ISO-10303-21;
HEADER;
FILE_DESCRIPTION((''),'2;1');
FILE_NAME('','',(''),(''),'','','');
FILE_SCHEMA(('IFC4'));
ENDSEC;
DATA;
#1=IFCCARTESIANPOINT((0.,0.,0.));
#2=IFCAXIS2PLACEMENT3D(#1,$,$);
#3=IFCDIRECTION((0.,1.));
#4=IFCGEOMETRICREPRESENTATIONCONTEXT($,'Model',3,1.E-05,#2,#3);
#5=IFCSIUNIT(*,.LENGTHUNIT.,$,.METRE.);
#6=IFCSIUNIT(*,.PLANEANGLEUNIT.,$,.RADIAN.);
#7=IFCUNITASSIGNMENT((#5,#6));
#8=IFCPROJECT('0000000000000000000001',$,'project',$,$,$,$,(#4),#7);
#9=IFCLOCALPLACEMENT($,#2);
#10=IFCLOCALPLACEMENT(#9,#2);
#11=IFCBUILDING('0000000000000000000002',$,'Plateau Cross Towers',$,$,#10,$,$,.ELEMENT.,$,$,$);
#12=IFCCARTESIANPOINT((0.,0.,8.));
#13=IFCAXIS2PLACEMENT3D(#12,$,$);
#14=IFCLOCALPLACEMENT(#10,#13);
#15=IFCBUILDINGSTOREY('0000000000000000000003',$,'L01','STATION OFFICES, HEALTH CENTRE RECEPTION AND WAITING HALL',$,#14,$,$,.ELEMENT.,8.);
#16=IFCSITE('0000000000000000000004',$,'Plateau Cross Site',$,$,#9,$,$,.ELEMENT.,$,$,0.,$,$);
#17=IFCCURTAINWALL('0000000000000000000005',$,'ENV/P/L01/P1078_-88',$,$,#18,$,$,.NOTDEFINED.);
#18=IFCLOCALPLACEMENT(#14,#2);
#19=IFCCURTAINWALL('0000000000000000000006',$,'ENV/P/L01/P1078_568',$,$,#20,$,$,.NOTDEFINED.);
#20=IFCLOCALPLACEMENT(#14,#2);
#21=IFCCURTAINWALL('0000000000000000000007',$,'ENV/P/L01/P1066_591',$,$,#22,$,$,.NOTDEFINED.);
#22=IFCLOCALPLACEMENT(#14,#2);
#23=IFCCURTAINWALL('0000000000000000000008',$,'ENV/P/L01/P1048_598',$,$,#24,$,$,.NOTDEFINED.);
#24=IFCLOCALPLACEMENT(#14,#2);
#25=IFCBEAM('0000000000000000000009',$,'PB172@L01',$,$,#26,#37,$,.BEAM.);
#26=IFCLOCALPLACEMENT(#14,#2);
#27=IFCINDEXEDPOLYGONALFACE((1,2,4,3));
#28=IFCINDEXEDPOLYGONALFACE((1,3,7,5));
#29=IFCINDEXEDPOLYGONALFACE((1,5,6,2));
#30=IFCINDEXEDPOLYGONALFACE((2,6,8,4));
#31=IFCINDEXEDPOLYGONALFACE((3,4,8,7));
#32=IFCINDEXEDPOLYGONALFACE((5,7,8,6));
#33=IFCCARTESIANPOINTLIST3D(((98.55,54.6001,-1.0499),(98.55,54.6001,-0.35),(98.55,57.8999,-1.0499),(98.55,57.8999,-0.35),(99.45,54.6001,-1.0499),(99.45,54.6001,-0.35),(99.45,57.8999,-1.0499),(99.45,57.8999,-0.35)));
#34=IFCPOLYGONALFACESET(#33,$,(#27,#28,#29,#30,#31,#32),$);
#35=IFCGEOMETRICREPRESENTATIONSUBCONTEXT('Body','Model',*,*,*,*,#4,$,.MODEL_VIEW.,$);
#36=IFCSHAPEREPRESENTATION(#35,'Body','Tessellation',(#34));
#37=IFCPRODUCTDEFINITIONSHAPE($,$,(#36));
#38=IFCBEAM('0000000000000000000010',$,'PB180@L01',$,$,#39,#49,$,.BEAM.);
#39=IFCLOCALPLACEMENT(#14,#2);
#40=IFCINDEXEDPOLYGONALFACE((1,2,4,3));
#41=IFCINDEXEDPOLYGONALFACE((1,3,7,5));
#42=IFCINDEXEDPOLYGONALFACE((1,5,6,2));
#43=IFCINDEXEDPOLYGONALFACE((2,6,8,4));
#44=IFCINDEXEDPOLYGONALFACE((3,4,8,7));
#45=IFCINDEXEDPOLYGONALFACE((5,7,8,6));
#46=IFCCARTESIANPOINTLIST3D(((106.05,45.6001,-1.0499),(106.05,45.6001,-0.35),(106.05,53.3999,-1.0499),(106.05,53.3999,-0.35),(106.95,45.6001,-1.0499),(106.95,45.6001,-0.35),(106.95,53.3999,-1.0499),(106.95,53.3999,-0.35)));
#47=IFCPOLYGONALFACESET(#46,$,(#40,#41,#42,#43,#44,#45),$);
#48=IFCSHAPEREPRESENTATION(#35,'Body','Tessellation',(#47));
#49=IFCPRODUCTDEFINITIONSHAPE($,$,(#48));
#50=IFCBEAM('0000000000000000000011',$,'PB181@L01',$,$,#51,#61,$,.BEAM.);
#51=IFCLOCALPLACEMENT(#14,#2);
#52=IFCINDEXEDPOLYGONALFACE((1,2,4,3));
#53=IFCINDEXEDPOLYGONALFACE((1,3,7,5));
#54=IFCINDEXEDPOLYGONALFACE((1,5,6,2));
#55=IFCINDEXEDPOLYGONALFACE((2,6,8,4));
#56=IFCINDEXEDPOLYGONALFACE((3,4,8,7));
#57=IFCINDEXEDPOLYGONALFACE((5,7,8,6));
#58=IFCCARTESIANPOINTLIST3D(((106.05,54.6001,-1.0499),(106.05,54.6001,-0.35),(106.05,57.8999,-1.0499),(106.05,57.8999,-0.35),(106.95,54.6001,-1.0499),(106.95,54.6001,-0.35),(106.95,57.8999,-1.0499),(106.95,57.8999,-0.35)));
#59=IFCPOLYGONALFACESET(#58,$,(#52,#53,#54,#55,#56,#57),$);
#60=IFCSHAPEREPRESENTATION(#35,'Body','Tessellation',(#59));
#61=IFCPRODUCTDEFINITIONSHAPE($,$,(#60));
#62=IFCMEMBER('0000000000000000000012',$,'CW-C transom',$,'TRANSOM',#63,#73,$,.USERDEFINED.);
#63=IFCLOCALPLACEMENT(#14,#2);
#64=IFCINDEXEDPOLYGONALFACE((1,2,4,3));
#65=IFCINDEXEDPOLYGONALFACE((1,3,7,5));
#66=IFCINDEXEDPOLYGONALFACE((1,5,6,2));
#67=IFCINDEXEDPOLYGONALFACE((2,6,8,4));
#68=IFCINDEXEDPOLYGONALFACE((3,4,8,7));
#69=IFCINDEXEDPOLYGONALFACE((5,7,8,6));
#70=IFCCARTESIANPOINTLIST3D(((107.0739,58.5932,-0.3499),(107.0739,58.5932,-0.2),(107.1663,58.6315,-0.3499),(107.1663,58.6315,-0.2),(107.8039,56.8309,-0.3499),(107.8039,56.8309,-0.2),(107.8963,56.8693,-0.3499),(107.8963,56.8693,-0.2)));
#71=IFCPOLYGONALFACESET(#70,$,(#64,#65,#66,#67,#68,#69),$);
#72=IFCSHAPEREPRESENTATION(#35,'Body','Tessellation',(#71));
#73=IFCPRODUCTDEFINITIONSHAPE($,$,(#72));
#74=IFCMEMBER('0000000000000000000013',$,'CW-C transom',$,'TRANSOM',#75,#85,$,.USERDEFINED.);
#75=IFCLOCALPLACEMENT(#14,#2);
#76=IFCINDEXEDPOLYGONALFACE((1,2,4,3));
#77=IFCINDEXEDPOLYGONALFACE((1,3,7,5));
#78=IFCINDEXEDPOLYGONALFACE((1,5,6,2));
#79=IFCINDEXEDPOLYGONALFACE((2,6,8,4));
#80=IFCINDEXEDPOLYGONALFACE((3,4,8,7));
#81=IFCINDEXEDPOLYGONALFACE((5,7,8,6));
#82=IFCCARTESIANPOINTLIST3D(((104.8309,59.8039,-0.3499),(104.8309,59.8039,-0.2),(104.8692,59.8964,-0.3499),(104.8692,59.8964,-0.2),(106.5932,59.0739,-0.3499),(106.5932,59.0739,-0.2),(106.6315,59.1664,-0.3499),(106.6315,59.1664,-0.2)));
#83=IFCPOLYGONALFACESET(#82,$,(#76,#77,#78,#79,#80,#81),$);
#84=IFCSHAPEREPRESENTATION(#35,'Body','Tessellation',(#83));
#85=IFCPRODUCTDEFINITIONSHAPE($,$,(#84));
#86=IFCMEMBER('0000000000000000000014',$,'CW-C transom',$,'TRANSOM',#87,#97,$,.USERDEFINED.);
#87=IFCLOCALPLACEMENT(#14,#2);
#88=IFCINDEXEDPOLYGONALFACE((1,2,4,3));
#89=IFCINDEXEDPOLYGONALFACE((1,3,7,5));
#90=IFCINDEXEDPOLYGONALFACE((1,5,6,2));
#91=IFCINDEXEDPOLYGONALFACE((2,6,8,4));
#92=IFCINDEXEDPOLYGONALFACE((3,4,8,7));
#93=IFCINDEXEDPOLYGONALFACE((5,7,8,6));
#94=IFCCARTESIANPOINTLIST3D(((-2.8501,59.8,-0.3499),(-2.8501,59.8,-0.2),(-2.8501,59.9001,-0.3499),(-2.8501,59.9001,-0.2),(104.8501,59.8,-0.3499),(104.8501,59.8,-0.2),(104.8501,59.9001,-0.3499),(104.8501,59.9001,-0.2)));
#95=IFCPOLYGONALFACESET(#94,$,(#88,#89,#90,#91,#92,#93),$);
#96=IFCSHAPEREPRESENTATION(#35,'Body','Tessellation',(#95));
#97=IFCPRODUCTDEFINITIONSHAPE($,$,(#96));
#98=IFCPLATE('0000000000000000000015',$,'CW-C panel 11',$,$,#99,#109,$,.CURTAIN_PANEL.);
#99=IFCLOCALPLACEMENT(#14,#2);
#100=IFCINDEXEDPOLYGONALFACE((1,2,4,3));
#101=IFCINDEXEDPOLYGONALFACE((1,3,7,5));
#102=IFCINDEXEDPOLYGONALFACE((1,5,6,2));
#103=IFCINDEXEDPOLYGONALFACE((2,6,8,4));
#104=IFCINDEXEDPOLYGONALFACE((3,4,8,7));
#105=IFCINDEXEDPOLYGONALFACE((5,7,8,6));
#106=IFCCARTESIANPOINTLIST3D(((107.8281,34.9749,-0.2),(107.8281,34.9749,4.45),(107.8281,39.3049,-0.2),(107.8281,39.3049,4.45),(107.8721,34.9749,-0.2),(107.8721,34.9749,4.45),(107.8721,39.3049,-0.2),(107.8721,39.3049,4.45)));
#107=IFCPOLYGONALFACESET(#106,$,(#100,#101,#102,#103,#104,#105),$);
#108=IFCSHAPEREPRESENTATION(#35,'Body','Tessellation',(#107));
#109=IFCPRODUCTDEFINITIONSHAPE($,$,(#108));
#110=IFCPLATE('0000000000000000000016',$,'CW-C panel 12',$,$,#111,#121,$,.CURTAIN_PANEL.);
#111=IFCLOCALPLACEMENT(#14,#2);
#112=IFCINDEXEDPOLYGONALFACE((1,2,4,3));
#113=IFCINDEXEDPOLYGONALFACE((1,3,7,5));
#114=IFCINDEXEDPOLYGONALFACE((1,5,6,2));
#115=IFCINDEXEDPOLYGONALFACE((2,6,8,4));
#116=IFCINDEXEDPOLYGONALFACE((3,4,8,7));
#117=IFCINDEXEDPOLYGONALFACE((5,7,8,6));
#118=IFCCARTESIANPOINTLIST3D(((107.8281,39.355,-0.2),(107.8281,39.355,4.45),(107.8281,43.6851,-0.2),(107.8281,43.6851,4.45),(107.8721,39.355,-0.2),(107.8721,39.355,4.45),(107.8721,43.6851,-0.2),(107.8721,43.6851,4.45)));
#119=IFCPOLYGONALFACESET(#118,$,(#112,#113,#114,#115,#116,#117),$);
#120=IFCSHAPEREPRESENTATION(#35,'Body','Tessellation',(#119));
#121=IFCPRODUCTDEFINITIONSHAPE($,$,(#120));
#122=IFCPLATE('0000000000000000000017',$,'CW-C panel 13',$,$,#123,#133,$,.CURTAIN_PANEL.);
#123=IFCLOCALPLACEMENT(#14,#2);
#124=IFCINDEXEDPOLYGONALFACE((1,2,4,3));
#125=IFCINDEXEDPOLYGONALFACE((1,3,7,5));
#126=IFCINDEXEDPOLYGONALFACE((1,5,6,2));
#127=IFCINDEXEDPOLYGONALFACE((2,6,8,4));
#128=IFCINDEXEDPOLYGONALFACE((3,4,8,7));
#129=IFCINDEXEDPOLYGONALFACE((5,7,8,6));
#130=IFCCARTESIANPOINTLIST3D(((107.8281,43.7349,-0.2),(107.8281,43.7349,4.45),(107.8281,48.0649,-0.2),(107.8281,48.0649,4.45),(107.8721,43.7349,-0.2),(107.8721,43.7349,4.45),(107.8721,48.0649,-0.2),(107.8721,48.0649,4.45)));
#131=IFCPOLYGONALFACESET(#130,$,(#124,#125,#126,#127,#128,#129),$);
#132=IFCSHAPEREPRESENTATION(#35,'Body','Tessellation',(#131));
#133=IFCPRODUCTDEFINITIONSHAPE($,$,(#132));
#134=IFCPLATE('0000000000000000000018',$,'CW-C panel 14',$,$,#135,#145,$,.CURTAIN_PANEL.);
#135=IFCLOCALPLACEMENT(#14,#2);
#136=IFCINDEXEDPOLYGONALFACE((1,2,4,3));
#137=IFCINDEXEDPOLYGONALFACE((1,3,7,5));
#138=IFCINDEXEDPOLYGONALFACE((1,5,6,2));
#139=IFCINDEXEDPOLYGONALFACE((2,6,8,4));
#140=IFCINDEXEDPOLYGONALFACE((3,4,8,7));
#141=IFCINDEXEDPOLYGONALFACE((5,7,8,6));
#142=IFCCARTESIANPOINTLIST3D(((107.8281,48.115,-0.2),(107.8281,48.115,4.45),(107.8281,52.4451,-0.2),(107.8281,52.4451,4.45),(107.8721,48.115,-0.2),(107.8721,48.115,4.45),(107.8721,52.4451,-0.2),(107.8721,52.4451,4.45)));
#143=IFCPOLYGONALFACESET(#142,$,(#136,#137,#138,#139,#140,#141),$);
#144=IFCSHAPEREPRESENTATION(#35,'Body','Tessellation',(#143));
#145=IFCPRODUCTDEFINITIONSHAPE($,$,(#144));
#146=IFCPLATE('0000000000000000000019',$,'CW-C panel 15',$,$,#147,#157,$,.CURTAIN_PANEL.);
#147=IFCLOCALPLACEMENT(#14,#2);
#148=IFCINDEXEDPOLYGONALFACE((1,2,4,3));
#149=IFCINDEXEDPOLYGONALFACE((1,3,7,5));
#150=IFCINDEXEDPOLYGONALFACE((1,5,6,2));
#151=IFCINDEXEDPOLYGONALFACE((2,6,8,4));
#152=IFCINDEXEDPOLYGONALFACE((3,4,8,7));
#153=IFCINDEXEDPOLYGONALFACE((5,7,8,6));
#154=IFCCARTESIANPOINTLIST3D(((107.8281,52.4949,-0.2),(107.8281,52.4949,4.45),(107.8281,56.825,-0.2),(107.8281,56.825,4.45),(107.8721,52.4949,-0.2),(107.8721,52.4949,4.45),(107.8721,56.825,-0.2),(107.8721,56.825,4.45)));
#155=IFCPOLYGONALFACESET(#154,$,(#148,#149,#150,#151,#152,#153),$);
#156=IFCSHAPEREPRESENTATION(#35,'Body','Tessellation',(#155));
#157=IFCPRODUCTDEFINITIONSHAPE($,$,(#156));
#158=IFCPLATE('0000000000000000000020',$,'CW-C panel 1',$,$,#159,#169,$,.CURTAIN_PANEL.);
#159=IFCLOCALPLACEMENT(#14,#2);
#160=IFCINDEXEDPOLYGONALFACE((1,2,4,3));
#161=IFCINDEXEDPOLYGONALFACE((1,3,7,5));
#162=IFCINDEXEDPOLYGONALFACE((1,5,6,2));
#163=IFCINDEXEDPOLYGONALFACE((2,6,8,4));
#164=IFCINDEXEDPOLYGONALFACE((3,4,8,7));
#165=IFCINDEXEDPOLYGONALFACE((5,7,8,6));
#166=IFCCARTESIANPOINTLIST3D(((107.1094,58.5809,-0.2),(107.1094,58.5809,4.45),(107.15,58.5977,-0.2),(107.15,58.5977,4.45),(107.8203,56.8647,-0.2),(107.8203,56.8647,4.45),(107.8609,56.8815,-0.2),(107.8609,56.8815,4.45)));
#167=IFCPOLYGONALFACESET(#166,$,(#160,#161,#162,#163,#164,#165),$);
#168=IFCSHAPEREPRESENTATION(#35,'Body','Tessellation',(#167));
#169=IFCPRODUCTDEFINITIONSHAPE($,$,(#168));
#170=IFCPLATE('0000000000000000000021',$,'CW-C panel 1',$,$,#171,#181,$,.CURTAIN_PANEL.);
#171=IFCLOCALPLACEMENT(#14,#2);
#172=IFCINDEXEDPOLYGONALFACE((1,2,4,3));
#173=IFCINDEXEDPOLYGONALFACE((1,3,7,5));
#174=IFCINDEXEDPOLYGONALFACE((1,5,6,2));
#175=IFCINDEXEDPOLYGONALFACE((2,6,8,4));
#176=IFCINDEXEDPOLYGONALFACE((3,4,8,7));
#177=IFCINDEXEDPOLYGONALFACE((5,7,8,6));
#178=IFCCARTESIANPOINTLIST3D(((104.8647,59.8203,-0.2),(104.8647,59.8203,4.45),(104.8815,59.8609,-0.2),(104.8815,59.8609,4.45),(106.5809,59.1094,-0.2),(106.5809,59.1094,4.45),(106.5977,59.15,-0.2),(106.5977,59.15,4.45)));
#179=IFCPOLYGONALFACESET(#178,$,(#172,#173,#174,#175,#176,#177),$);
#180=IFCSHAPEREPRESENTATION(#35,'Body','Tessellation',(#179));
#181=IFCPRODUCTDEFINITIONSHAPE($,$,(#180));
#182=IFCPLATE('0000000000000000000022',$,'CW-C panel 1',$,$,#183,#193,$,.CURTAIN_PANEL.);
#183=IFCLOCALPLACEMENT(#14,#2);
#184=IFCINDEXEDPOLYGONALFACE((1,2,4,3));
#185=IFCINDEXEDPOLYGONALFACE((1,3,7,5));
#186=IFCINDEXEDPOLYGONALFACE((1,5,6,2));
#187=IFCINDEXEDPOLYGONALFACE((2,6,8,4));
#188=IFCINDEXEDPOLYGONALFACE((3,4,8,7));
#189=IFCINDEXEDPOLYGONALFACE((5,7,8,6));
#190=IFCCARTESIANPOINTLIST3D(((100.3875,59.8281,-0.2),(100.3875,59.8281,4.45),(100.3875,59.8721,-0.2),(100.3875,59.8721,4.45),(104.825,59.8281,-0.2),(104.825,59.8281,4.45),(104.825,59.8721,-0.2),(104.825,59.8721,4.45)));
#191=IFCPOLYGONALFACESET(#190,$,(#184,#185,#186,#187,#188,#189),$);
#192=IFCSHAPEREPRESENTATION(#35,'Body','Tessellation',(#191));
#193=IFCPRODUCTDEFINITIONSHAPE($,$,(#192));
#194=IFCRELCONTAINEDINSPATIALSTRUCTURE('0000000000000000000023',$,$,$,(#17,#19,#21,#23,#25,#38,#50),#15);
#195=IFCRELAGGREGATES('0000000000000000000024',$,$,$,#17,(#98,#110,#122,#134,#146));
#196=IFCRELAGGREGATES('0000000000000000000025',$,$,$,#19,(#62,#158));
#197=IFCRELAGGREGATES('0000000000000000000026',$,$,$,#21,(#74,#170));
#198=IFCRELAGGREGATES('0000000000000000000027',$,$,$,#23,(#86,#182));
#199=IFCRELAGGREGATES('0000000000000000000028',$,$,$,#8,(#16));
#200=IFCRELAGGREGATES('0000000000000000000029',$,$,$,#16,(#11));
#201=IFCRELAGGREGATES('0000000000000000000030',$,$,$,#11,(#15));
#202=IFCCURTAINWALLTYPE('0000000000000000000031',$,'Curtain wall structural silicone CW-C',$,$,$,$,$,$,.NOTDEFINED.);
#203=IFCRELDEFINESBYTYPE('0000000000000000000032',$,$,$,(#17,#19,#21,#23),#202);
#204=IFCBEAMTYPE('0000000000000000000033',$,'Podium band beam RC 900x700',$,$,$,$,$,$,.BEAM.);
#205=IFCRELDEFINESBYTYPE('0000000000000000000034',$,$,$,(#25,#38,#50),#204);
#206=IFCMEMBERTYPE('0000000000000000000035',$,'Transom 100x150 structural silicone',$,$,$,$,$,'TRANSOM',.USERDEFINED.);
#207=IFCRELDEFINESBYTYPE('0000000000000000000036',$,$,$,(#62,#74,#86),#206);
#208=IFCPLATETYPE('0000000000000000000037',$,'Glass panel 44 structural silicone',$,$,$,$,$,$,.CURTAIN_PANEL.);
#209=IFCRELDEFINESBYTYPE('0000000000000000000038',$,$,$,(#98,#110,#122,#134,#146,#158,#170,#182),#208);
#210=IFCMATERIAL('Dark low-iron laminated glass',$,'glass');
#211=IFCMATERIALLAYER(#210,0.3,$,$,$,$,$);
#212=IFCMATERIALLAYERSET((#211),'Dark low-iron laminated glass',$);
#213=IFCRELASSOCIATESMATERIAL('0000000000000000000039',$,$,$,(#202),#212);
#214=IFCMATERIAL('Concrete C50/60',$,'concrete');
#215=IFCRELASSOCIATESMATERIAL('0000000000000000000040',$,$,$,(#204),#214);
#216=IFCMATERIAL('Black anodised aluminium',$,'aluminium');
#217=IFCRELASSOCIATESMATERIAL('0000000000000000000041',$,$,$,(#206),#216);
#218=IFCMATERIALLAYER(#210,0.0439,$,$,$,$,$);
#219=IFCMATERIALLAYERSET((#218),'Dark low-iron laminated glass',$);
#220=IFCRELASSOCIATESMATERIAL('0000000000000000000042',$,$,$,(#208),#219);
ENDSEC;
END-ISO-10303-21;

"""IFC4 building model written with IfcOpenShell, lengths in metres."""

from ifc_helpers import new_model, si_unit, direction, frame, origin, origin_2d, place, context, subcontext, project, spatial, rectangle, extrude, material, layer, layer_set, material_profile, profile_set, type_object, element, aggregate, save


model = new_model("IFC4")

# Units and contexts
model_context = context("Model", 3, precision=1e-05, world=origin(), true_north=direction((0.0, 1.0)))
body_context = subcontext(model_context, "Body", "Model", "MODEL_VIEW")
ifc_project = project(units=[si_unit("LENGTHUNIT", "METRE"), si_unit("PLANEANGLEUNIT", "RADIAN")], contexts=[model_context])

# Site, building, storey
site_placement = place(None, origin())
site = spatial("IfcSite", under=ifc_project, at=site_placement, Name="Plateau Cross Site", CompositionType="ELEMENT", RefElevation=0.0)
building_placement = place(site_placement, origin())
building = spatial("IfcBuilding", under=site, at=building_placement, Name="Plateau Cross Towers", CompositionType="ELEMENT")
storey_placement = place(building_placement, frame((0.0, 0.0, 8.0)))
storey = spatial("IfcBuildingStorey", under=building, at=storey_placement, Name="L01", Description="STATION OFFICES, HEALTH CENTRE RECEPTION AND WAITING HALL", CompositionType="ELEMENT", Elevation=8.0)

# Curtain walls
ifc_material_1 = material(Name="Dark low-iron laminated glass", Category="glass")
ifc_layer_1 = layer(ifc_material_1, 0.3)
ifc_layer_set_1 = layer_set([ifc_layer_1], Name="Dark low-iron laminated glass")
curtain_wall_type = type_object("IfcCurtainWallType", Name="Curtain wall structural silicone CW-C", PredefinedType="NOTDEFINED", material=ifc_layer_set_1)
curtain_wall_1_placement = place(storey_placement, origin())
curtain_wall_1 = element("IfcCurtainWall", 1, at=curtain_wall_1_placement, inside=storey, type_object=curtain_wall_type, Name="ENV/P/L01/P1078_-88", PredefinedType="NOTDEFINED")
ifc_material_2 = material(Name="Black anodised aluminium", Category="aluminium")
curtain_wall_2_placement = place(storey_placement, origin())
curtain_wall_2 = element("IfcCurtainWall", 2, at=curtain_wall_2_placement, inside=storey, type_object=curtain_wall_type, Name="ENV/P/L01/P1078_568", PredefinedType="NOTDEFINED")

# Curtain wall
curtain_wall_3_placement = place(storey_placement, origin())
curtain_wall_3 = element("IfcCurtainWall", 3, at=curtain_wall_3_placement, inside=storey, type_object=curtain_wall_type, Name="ENV/P/L01/P1066_591", PredefinedType="NOTDEFINED")

# Curtain wall
curtain_wall_4_placement = place(storey_placement, origin())
curtain_wall_4 = element("IfcCurtainWall", 4, at=curtain_wall_4_placement, inside=storey, type_object=curtain_wall_type, Name="ENV/P/L01/P1048_598", PredefinedType="NOTDEFINED")

# Beams
ifc_material_3 = material(Name="Concrete C50/60", Category="concrete")
ifc_material_profile_1 = material_profile(ifc_material_3, rectangle(XDim=0.8999, YDim=0.7, at=origin_2d()), Name="RC 900x700")
ifc_profile_set_1 = profile_set([ifc_material_profile_1], Name="Concrete C50/60")
beam_type = type_object("IfcBeamType", Name="Podium band beam RC 900x700", PredefinedType="BEAM", material=ifc_profile_set_1)
beam_1_placement = place(storey_placement, frame((99.0, 54.6001, -0.7), z_axis=(0.0, 1.0, 0.0), x_axis=(-1.0, 0.0, 0.0)))
element("IfcBeam", 5, at=beam_1_placement, inside=storey, type_object=beam_type, Name="PB172@L01", PredefinedType="BEAM", context=body_context, shape_type="SweptSolid", body=[
    extrude(rectangle(XDim=0.8999, YDim=0.7, at=origin_2d()), origin(), (0.0, 0.0, 1.0), 3.2998),
])
beam_2_placement = place(storey_placement, frame((106.5, 45.6001, -0.7), z_axis=(0.0, 1.0, 0.0), x_axis=(-1.0, 0.0, 0.0)))
element("IfcBeam", 6, at=beam_2_placement, inside=storey, type_object=beam_type, Name="PB180@L01", PredefinedType="BEAM", context=body_context, shape_type="SweptSolid", body=[
    extrude(rectangle(XDim=0.8999, YDim=0.7, at=origin_2d()), origin(), (0.0, 0.0, 1.0), 7.7998),
])
beam_3_placement = place(storey_placement, frame((106.5, 54.6001, -0.7), z_axis=(0.0, 1.0, 0.0), x_axis=(-1.0, 0.0, 0.0)))
element("IfcBeam", 7, at=beam_3_placement, inside=storey, type_object=beam_type, Name="PB181@L01", PredefinedType="BEAM", context=body_context, shape_type="SweptSolid", body=[
    extrude(rectangle(XDim=0.8999, YDim=0.7, at=origin_2d()), origin(), (0.0, 0.0, 1.0), 3.2998),
])

# Members
ifc_material_profile_2 = material_profile(ifc_material_2, rectangle(XDim=0.1001, YDim=0.1499, at=origin_2d()), Name="TRANSOM 100x150")
ifc_profile_set_2 = profile_set([ifc_material_profile_2], Name="Black anodised aluminium")
member_type_1 = type_object("IfcMemberType", Name="Transom 100x150 structural silicone", ElementType="TRANSOM", PredefinedType="USERDEFINED", material=ifc_profile_set_2)
member_1_placement = place(storey_placement, frame((107.8501, 56.8501, -0.2749), z_axis=(-0.382706, 0.92387, 0.0), x_axis=(-0.92387, -0.382706, 0.0)))
member_1 = element("IfcMember", 8, at=member_1_placement, type_object=member_type_1, Name="CW-C transom", ObjectType="TRANSOM", PredefinedType="USERDEFINED", context=body_context, shape_type="SweptSolid", body=[
    extrude(rectangle(XDim=0.1001, YDim=0.1499, at=origin_2d()), origin(), (0.0, 0.0, 1.0), 1.9075),
])
member_2_placement = place(storey_placement, frame((106.6123, 59.1201, -0.2749), z_axis=(-0.92387, 0.382706, 0.0), x_axis=(-0.382706, -0.92387, 0.0)))
member_2 = element("IfcMember", 9, at=member_2_placement, type_object=member_type_1, Name="CW-C transom", ObjectType="TRANSOM", PredefinedType="USERDEFINED", context=body_context, shape_type="SweptSolid", body=[
    extrude(rectangle(XDim=0.1001, YDim=0.1499, at=origin_2d()), origin(), (0.0, 0.0, 1.0), 1.9075),
])
member_3_placement = place(storey_placement, frame((104.8501, 59.8501, -0.2749), z_axis=(-1.0, 0.0, 0.0), x_axis=(0.0, -1.0, 0.0)))
member_3 = element("IfcMember", 10, at=member_3_placement, type_object=member_type_1, Name="CW-C transom", ObjectType="TRANSOM", PredefinedType="USERDEFINED", context=body_context, shape_type="SweptSolid", body=[
    extrude(rectangle(XDim=0.1001, YDim=0.1499, at=origin_2d()), origin(), (0.0, 0.0, 1.0), 107.7002),
])

# Plates
ifc_layer_2 = layer(ifc_material_1, 0.0439)
ifc_layer_set_2 = layer_set([ifc_layer_2], Name="Dark low-iron laminated glass")
plate_type = type_object("IfcPlateType", Name="Glass panel 44 structural silicone", PredefinedType="CURTAIN_PANEL", material=ifc_layer_set_2)
plate_1_placement = place(storey_placement, frame((107.8501, 37.1399, -0.2), z_axis=(0.0, 0.0, 1.0), x_axis=(0.0, 1.0, 0.0)))
plate_1 = element("IfcPlate", 11, at=plate_1_placement, type_object=plate_type, Name="CW-C panel 11", PredefinedType="CURTAIN_PANEL", context=body_context, shape_type="SweptSolid", body=[
    extrude(rectangle(XDim=4.3301, YDim=0.0439, at=origin_2d()), origin(), (0.0, 0.0, 1.0), 4.6499),
])
plate_2_placement = place(storey_placement, frame((107.8501, 41.52, -0.2), z_axis=(0.0, 0.0, 1.0), x_axis=(0.0, 1.0, 0.0)))
plate_2 = element("IfcPlate", 12, at=plate_2_placement, type_object=plate_type, Name="CW-C panel 12", PredefinedType="CURTAIN_PANEL", context=body_context, shape_type="SweptSolid", body=[
    extrude(rectangle(XDim=4.3301, YDim=0.0439, at=origin_2d()), origin(), (0.0, 0.0, 1.0), 4.6499),
])
plate_3_placement = place(storey_placement, frame((107.8501, 45.8999, -0.2), z_axis=(0.0, 0.0, 1.0), x_axis=(0.0, 1.0, 0.0)))
plate_3 = element("IfcPlate", 13, at=plate_3_placement, type_object=plate_type, Name="CW-C panel 13", PredefinedType="CURTAIN_PANEL", context=body_context, shape_type="SweptSolid", body=[
    extrude(rectangle(XDim=4.3301, YDim=0.0439, at=origin_2d()), origin(), (0.0, 0.0, 1.0), 4.6499),
])
plate_4_placement = place(storey_placement, frame((107.8501, 50.28, -0.2), z_axis=(0.0, 0.0, 1.0), x_axis=(0.0, 1.0, 0.0)))
plate_4 = element("IfcPlate", 14, at=plate_4_placement, type_object=plate_type, Name="CW-C panel 14", PredefinedType="CURTAIN_PANEL", context=body_context, shape_type="SweptSolid", body=[
    extrude(rectangle(XDim=4.3301, YDim=0.0439, at=origin_2d()), origin(), (0.0, 0.0, 1.0), 4.6499),
])
plate_5_placement = place(storey_placement, frame((107.8501, 54.6599, -0.2), z_axis=(0.0, 0.0, 1.0), x_axis=(0.0, 1.0, 0.0)))
plate_5 = element("IfcPlate", 15, at=plate_5_placement, type_object=plate_type, Name="CW-C panel 15", PredefinedType="CURTAIN_PANEL", context=body_context, shape_type="SweptSolid", body=[
    extrude(rectangle(XDim=4.3301, YDim=0.0439, at=origin_2d()), origin(), (0.0, 0.0, 1.0), 4.6499),
])
aggregate(curtain_wall_1, [plate_1, plate_2, plate_3, plate_4, plate_5])
plate_6_placement = place(storey_placement, frame((107.4851, 57.7312, -0.2), z_axis=(0.0, 0.0, 1.0), x_axis=(-0.382684, 0.923879, 0.0)))
plate_6 = element("IfcPlate", 16, at=plate_6_placement, type_object=plate_type, Name="CW-C panel 1", PredefinedType="CURTAIN_PANEL", context=body_context, shape_type="SweptSolid", body=[
    extrude(rectangle(XDim=1.8577, YDim=0.0439, at=origin_2d()), origin(), (0.0, 0.0, 1.0), 4.6499),
])
aggregate(curtain_wall_2, [member_1, plate_6])
plate_7_placement = place(storey_placement, frame((105.7312, 59.4851, -0.2), z_axis=(0.0, 0.0, 1.0), x_axis=(-0.923879, 0.382684, 0.0)))
plate_7 = element("IfcPlate", 17, at=plate_7_placement, type_object=plate_type, Name="CW-C panel 1", PredefinedType="CURTAIN_PANEL", context=body_context, shape_type="SweptSolid", body=[
    extrude(rectangle(XDim=1.8577, YDim=0.0439, at=origin_2d()), origin(), (0.0, 0.0, 1.0), 4.6499),
])
aggregate(curtain_wall_3, [member_2, plate_7])
plate_8_placement = place(storey_placement, frame((102.6062, 59.8501, -0.2), z_axis=(0.0, 0.0, 1.0), x_axis=(-1.0, 0.0, 0.0)))
plate_8 = element("IfcPlate", 18, at=plate_8_placement, type_object=plate_type, Name="CW-C panel 1", PredefinedType="CURTAIN_PANEL", context=body_context, shape_type="SweptSolid", body=[
    extrude(rectangle(XDim=4.4375, YDim=0.0439, at=origin_2d()), origin(), (0.0, 0.0, 1.0), 4.6499),
])
aggregate(curtain_wall_4, [member_3, plate_8])

save(model, "model.ifc")
